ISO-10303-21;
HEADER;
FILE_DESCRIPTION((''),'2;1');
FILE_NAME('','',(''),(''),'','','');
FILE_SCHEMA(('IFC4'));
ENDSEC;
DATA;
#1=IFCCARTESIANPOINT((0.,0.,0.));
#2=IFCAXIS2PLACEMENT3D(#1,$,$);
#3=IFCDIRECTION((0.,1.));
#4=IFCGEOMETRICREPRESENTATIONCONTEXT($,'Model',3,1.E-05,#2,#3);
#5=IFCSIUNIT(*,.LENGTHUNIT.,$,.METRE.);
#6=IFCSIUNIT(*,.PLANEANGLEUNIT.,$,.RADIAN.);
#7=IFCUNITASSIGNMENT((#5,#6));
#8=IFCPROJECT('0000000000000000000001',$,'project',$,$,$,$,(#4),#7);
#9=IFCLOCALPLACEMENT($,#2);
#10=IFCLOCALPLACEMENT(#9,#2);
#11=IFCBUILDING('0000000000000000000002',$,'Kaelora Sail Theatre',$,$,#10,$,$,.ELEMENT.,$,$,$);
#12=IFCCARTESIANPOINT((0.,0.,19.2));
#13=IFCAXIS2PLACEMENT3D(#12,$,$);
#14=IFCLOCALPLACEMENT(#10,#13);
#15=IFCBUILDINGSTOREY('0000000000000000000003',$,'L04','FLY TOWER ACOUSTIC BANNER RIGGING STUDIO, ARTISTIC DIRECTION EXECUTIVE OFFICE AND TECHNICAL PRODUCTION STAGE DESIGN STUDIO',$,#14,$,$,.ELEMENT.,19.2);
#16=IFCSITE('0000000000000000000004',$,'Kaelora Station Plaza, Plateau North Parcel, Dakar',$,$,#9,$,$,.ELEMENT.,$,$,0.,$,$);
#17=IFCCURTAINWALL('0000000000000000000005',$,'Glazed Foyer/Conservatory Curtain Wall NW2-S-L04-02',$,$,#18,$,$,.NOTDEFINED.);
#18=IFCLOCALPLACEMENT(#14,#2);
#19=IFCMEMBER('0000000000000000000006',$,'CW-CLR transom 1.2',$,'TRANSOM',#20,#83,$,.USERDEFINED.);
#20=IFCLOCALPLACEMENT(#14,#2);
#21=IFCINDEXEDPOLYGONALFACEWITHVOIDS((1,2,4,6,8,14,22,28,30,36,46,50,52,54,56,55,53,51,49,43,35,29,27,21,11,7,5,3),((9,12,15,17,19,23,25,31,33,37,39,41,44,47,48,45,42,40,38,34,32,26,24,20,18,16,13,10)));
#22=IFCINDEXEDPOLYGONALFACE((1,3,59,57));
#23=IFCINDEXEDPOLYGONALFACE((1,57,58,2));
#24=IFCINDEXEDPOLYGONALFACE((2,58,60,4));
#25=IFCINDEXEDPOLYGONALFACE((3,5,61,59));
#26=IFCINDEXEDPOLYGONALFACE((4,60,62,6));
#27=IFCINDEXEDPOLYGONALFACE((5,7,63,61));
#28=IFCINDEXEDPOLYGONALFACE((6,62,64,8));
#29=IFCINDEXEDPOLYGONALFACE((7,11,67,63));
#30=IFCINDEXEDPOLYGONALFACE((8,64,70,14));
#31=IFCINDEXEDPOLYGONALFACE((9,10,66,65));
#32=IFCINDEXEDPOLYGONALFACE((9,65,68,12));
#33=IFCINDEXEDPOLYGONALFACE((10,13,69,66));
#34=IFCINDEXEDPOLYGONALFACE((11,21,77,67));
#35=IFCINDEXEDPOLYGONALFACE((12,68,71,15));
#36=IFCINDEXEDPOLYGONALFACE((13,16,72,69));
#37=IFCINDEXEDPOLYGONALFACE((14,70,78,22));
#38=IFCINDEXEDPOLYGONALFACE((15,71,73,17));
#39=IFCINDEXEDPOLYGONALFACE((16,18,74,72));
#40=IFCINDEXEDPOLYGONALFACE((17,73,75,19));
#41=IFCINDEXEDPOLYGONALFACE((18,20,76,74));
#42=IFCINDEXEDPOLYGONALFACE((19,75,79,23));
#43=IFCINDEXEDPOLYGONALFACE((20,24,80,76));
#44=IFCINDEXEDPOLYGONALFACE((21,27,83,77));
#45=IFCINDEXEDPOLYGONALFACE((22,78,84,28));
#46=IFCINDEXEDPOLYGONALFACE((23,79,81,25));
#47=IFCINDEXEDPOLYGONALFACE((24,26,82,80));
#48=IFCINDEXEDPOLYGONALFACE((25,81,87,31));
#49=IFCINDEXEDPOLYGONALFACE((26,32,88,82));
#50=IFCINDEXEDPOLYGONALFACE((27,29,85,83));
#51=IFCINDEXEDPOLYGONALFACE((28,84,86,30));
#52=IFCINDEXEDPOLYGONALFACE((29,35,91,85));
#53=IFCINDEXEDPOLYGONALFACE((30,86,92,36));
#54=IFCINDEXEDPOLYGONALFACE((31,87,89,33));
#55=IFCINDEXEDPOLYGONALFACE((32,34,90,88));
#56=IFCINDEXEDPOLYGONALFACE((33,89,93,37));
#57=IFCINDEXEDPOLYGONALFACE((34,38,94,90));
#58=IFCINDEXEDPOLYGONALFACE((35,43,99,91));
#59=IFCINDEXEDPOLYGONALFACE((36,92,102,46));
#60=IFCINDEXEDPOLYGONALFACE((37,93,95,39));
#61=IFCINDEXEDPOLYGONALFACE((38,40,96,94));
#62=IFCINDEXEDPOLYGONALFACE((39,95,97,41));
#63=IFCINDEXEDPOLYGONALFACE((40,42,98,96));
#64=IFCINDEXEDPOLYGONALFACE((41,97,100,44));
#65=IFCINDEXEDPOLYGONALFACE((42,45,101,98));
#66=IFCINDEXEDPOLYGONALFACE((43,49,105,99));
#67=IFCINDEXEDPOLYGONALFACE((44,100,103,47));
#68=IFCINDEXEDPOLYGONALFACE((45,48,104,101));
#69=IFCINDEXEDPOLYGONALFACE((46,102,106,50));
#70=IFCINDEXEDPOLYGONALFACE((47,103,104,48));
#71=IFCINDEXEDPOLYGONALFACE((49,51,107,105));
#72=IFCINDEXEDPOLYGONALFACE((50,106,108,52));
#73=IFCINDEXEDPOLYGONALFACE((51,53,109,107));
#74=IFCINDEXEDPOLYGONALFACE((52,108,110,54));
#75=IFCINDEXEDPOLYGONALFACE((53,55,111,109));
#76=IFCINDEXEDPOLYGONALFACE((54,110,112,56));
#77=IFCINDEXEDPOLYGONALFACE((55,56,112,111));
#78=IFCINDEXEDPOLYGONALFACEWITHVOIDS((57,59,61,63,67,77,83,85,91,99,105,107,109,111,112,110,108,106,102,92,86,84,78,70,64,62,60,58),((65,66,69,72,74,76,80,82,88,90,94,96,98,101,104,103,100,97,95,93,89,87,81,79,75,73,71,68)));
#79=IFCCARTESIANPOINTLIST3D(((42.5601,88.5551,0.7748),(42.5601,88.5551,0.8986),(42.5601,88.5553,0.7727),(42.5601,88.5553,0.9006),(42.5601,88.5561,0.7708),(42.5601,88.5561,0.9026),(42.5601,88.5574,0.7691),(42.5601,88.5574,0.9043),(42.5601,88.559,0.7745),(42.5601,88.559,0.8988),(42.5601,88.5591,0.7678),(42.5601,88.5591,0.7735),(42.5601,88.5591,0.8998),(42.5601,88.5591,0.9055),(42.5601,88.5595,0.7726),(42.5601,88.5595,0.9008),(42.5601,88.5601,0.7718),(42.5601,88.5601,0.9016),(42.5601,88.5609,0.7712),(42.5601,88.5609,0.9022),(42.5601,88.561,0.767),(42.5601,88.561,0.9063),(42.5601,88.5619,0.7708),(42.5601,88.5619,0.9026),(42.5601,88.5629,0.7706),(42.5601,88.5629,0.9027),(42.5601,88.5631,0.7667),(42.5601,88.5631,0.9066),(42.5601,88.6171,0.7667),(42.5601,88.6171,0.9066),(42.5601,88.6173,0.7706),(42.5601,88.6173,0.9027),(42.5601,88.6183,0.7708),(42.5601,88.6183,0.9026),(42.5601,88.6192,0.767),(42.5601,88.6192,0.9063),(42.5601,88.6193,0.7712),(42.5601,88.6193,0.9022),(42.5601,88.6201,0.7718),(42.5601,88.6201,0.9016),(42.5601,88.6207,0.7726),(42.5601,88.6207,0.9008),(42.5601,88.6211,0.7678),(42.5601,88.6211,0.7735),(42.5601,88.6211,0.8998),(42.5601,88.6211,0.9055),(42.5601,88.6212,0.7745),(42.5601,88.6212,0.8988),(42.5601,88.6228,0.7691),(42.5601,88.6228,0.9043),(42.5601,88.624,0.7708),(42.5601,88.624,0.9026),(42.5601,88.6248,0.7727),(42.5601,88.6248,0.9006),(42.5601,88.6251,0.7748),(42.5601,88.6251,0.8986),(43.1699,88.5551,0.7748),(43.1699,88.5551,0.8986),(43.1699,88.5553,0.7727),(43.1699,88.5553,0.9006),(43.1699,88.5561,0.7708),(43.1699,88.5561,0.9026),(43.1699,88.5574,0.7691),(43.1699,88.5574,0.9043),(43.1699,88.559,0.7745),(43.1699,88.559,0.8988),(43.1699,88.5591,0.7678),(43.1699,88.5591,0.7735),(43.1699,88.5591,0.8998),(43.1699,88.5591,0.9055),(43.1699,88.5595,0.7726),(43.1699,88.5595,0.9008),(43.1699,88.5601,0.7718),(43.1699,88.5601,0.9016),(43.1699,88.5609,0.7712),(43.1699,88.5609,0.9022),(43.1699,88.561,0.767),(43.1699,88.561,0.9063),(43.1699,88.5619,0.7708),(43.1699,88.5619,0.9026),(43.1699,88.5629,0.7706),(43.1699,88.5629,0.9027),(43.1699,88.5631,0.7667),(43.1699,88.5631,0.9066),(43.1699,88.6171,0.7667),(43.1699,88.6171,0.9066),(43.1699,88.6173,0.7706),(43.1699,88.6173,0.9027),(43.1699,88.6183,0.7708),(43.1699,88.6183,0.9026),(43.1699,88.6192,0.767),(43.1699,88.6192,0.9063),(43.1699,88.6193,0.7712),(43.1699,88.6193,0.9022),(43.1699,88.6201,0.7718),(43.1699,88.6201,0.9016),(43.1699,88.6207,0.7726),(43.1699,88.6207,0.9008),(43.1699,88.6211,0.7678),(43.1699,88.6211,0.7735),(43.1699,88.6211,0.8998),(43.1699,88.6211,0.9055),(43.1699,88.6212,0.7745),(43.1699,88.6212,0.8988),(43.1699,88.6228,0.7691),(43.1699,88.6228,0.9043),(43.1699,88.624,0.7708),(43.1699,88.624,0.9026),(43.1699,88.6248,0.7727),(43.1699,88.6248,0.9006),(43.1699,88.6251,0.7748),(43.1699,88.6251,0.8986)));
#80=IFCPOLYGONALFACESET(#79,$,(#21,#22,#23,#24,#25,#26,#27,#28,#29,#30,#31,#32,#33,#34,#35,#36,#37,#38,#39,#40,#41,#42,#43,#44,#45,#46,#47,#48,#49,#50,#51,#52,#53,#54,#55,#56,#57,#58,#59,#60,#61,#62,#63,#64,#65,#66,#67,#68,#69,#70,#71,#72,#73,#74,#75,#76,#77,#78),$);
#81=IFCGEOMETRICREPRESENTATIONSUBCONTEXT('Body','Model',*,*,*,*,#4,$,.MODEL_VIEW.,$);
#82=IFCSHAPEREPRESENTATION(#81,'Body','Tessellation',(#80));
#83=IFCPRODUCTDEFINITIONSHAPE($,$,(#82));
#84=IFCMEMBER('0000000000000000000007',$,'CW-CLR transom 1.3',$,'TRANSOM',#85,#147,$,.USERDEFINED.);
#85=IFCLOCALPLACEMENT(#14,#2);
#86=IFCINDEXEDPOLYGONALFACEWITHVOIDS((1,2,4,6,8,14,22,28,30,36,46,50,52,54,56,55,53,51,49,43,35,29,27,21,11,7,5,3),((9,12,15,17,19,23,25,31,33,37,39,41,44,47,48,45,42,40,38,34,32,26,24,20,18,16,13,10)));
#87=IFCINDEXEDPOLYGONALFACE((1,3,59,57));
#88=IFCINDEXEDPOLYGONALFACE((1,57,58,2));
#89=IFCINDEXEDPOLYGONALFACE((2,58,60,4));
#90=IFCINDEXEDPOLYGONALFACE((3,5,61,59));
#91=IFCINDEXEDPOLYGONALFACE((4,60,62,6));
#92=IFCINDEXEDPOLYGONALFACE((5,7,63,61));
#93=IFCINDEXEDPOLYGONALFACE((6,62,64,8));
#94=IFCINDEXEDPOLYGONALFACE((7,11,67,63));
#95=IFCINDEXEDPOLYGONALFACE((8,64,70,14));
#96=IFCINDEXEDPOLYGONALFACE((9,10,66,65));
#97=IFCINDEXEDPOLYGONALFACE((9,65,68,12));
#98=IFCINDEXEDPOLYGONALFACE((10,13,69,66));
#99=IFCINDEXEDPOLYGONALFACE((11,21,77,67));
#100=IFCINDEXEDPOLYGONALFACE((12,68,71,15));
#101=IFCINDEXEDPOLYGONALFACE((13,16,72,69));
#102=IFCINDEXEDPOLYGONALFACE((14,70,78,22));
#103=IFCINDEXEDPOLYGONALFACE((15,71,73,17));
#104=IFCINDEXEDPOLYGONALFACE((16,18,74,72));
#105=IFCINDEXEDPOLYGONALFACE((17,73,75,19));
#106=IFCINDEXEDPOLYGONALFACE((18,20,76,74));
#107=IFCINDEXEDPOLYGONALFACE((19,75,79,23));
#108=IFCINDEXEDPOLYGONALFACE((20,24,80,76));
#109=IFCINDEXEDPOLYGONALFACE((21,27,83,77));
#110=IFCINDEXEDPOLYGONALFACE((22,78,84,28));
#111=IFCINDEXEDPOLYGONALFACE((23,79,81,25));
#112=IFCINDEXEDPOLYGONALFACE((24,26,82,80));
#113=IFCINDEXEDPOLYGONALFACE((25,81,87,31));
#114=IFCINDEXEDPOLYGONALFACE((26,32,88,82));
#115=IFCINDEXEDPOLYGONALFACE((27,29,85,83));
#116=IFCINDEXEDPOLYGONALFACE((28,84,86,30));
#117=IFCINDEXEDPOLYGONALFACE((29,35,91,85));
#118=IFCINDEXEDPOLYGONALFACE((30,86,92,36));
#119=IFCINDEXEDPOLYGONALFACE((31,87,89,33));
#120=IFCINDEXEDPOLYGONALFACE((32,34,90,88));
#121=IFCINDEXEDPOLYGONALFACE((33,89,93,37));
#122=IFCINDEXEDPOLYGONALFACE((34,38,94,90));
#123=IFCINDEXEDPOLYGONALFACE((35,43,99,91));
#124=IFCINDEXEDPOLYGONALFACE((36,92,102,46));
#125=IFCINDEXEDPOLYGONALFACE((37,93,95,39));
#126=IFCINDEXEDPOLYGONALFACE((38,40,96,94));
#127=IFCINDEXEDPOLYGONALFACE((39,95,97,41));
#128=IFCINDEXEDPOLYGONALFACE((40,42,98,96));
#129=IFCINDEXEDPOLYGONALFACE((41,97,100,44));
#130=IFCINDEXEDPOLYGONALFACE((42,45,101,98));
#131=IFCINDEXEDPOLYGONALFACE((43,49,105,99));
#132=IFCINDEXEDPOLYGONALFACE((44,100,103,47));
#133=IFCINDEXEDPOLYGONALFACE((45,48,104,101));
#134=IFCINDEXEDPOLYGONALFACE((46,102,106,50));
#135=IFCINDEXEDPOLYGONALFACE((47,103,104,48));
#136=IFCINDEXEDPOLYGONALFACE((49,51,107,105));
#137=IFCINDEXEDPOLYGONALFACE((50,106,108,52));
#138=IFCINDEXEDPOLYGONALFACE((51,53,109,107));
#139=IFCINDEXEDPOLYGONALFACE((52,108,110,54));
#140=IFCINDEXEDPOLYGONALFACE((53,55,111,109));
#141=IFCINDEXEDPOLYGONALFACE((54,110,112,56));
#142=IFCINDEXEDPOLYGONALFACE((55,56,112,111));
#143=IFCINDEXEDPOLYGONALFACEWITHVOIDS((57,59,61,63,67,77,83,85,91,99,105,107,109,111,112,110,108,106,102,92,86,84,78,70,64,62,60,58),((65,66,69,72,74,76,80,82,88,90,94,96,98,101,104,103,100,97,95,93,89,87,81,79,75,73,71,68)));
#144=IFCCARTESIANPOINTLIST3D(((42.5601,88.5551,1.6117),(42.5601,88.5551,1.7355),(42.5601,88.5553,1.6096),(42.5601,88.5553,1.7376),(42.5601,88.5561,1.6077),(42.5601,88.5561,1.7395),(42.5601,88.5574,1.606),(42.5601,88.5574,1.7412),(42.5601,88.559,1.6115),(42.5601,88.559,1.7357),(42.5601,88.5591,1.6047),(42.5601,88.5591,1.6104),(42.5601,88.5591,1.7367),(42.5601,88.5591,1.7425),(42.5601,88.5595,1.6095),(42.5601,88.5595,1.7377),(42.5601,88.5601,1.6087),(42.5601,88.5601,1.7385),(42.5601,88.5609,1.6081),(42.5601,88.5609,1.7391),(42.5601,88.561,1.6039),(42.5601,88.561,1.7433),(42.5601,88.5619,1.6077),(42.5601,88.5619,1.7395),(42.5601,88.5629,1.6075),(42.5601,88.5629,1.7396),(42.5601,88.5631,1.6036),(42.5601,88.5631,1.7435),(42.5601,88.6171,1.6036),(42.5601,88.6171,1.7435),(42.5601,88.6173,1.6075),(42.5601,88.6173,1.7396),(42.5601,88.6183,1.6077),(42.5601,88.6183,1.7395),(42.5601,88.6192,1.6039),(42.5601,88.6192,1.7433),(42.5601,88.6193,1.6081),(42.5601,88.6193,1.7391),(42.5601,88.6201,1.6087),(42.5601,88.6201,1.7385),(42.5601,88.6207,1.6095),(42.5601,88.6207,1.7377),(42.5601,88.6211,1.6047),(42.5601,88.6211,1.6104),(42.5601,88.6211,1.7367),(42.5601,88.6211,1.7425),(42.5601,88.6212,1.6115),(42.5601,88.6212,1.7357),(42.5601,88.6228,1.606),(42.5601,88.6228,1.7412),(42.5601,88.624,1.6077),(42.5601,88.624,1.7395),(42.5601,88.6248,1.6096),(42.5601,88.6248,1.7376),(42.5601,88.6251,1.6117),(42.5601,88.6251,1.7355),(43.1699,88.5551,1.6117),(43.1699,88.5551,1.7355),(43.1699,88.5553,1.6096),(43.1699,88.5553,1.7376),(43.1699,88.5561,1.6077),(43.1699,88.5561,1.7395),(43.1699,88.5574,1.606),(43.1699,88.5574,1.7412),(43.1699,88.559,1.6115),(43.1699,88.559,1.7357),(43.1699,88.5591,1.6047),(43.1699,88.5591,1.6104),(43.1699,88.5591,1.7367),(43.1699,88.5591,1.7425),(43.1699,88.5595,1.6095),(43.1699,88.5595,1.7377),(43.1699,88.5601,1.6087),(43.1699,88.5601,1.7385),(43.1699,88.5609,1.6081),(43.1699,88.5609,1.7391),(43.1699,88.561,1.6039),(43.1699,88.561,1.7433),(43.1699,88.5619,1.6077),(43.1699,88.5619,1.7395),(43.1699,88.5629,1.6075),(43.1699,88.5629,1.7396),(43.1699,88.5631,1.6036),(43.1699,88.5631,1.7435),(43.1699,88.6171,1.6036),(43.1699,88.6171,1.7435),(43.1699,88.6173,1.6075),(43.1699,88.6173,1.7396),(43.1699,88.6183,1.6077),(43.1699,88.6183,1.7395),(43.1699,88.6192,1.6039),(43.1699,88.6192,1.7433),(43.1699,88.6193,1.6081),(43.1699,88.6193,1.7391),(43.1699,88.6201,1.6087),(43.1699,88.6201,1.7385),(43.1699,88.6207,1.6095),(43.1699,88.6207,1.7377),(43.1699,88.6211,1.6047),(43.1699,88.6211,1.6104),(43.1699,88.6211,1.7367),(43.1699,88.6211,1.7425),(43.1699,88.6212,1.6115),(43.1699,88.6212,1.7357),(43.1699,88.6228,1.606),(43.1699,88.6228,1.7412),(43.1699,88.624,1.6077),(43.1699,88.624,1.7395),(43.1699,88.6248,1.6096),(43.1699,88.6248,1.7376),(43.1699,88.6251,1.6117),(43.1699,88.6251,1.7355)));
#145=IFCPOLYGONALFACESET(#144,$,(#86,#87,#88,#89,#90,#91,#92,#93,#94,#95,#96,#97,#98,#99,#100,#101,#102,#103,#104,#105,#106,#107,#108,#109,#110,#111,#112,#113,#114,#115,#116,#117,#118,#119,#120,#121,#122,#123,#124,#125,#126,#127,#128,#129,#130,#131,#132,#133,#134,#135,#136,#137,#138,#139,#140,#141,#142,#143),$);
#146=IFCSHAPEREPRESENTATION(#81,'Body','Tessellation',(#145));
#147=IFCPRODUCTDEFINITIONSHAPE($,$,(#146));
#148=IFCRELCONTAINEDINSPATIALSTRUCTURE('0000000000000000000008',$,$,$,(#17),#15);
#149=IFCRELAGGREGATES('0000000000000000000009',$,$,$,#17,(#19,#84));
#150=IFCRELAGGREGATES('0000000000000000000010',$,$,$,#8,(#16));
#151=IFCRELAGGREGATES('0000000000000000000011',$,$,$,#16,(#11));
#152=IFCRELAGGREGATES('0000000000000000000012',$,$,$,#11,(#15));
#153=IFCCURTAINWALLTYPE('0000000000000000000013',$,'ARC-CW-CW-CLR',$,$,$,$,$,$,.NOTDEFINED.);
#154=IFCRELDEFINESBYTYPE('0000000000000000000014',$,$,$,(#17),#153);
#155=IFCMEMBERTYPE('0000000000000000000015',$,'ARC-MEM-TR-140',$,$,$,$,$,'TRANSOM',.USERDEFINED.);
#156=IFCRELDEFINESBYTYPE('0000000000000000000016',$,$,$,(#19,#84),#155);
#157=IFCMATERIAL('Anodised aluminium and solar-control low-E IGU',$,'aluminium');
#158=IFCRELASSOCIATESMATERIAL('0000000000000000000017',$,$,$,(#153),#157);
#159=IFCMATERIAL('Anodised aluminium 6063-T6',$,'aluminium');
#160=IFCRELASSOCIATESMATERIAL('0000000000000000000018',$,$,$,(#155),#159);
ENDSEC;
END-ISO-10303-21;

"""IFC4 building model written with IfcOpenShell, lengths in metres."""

from ifc_helpers import new_model, si_unit, direction, frame, origin, origin_2d, place, context, subcontext, project, spatial, hollow_rectangle, extrude, material, material_profile, profile_set, type_object, element, aggregate, save


model = new_model("IFC4")

# Units and contexts
model_context = context("Model", 3, precision=1e-05, world=origin(), true_north=direction((0.0, 1.0)))
body_context = subcontext(model_context, "Body", "Model", "MODEL_VIEW")
ifc_project = project(units=[si_unit("LENGTHUNIT", "METRE"), si_unit("PLANEANGLEUNIT", "RADIAN")], contexts=[model_context])

# Site, building, storey
site_placement = place(None, origin())
site = spatial("IfcSite", under=ifc_project, at=site_placement, Name="Kaelora Station Plaza, Plateau North Parcel, Dakar", CompositionType="ELEMENT", RefElevation=0.0)
building_placement = place(site_placement, origin())
building = spatial("IfcBuilding", under=site, at=building_placement, Name="Kaelora Sail Theatre", CompositionType="ELEMENT")
storey_placement = place(building_placement, frame((0.0, 0.0, 19.2)))
storey = spatial("IfcBuildingStorey", under=building, at=storey_placement, Name="L04", Description="FLY TOWER ACOUSTIC BANNER RIGGING STUDIO, ARTISTIC DIRECTION EXECUTIVE OFFICE AND TECHNICAL PRODUCTION STAGE DESIGN STUDIO", CompositionType="ELEMENT", Elevation=19.2)

# Curtain wall, members
ifc_material_1 = material(Name="Anodised aluminium and solar-control low-E IGU", Category="aluminium")
curtain_wall_type = type_object("IfcCurtainWallType", Name="ARC-CW-CW-CLR", PredefinedType="NOTDEFINED", material=ifc_material_1)
curtain_wall_placement = place(storey_placement, origin())
curtain_wall = element("IfcCurtainWall", 1, at=curtain_wall_placement, inside=storey, type_object=curtain_wall_type, Name="Glazed Foyer/Conservatory Curtain Wall NW2-S-L04-02", PredefinedType="NOTDEFINED")
ifc_material_2 = material(Name="Anodised aluminium 6063-T6", Category="aluminium")
ifc_material_profile_1 = material_profile(ifc_material_2, hollow_rectangle(XDim=0.0701, YDim=0.1399, WallThickness=0.0039, InnerFilletRadius=0.0039, OuterFilletRadius=0.0081, at=origin_2d()), Name="ALU-TRAN 70x140x4")
ifc_profile_set_1 = profile_set([ifc_material_profile_1], Name="Anodised aluminium 6063-T6")
member_type_1 = type_object("IfcMemberType", Name="ARC-MEM-TR-140", ElementType="TRANSOM", PredefinedType="USERDEFINED", material=ifc_profile_set_1)
member_1_placement = place(storey_placement, frame((42.5601, 88.5901, 0.8367), z_axis=(1.0, 0.0, 0.0), x_axis=(0.0, 1.0, 0.0)))
member_1 = element("IfcMember", 2, at=member_1_placement, type_object=member_type_1, Name="CW-CLR transom 1.2", ObjectType="TRANSOM", PredefinedType="USERDEFINED", context=body_context, shape_type="SweptSolid", body=[
    extrude(hollow_rectangle(XDim=0.0701, YDim=0.1399, WallThickness=0.0039, InnerFilletRadius=0.0039, OuterFilletRadius=0.0081, at=origin_2d()), origin(), (0.0, 0.0, 1.0), 0.6099),
])
member_2_placement = place(storey_placement, frame((42.5601, 88.5901, 1.6736), z_axis=(1.0, 0.0, 0.0), x_axis=(0.0, 1.0, 0.0)))
member_2 = element("IfcMember", 3, at=member_2_placement, type_object=member_type_1, Name="CW-CLR transom 1.3", ObjectType="TRANSOM", PredefinedType="USERDEFINED", context=body_context, shape_type="SweptSolid", body=[
    extrude(hollow_rectangle(XDim=0.0701, YDim=0.1399, WallThickness=0.0039, InnerFilletRadius=0.0039, OuterFilletRadius=0.0081, at=origin_2d()), origin(), (0.0, 0.0, 1.0), 0.6099),
])

aggregate(curtain_wall, [member_1, member_2])

save(model, "model.ifc")
